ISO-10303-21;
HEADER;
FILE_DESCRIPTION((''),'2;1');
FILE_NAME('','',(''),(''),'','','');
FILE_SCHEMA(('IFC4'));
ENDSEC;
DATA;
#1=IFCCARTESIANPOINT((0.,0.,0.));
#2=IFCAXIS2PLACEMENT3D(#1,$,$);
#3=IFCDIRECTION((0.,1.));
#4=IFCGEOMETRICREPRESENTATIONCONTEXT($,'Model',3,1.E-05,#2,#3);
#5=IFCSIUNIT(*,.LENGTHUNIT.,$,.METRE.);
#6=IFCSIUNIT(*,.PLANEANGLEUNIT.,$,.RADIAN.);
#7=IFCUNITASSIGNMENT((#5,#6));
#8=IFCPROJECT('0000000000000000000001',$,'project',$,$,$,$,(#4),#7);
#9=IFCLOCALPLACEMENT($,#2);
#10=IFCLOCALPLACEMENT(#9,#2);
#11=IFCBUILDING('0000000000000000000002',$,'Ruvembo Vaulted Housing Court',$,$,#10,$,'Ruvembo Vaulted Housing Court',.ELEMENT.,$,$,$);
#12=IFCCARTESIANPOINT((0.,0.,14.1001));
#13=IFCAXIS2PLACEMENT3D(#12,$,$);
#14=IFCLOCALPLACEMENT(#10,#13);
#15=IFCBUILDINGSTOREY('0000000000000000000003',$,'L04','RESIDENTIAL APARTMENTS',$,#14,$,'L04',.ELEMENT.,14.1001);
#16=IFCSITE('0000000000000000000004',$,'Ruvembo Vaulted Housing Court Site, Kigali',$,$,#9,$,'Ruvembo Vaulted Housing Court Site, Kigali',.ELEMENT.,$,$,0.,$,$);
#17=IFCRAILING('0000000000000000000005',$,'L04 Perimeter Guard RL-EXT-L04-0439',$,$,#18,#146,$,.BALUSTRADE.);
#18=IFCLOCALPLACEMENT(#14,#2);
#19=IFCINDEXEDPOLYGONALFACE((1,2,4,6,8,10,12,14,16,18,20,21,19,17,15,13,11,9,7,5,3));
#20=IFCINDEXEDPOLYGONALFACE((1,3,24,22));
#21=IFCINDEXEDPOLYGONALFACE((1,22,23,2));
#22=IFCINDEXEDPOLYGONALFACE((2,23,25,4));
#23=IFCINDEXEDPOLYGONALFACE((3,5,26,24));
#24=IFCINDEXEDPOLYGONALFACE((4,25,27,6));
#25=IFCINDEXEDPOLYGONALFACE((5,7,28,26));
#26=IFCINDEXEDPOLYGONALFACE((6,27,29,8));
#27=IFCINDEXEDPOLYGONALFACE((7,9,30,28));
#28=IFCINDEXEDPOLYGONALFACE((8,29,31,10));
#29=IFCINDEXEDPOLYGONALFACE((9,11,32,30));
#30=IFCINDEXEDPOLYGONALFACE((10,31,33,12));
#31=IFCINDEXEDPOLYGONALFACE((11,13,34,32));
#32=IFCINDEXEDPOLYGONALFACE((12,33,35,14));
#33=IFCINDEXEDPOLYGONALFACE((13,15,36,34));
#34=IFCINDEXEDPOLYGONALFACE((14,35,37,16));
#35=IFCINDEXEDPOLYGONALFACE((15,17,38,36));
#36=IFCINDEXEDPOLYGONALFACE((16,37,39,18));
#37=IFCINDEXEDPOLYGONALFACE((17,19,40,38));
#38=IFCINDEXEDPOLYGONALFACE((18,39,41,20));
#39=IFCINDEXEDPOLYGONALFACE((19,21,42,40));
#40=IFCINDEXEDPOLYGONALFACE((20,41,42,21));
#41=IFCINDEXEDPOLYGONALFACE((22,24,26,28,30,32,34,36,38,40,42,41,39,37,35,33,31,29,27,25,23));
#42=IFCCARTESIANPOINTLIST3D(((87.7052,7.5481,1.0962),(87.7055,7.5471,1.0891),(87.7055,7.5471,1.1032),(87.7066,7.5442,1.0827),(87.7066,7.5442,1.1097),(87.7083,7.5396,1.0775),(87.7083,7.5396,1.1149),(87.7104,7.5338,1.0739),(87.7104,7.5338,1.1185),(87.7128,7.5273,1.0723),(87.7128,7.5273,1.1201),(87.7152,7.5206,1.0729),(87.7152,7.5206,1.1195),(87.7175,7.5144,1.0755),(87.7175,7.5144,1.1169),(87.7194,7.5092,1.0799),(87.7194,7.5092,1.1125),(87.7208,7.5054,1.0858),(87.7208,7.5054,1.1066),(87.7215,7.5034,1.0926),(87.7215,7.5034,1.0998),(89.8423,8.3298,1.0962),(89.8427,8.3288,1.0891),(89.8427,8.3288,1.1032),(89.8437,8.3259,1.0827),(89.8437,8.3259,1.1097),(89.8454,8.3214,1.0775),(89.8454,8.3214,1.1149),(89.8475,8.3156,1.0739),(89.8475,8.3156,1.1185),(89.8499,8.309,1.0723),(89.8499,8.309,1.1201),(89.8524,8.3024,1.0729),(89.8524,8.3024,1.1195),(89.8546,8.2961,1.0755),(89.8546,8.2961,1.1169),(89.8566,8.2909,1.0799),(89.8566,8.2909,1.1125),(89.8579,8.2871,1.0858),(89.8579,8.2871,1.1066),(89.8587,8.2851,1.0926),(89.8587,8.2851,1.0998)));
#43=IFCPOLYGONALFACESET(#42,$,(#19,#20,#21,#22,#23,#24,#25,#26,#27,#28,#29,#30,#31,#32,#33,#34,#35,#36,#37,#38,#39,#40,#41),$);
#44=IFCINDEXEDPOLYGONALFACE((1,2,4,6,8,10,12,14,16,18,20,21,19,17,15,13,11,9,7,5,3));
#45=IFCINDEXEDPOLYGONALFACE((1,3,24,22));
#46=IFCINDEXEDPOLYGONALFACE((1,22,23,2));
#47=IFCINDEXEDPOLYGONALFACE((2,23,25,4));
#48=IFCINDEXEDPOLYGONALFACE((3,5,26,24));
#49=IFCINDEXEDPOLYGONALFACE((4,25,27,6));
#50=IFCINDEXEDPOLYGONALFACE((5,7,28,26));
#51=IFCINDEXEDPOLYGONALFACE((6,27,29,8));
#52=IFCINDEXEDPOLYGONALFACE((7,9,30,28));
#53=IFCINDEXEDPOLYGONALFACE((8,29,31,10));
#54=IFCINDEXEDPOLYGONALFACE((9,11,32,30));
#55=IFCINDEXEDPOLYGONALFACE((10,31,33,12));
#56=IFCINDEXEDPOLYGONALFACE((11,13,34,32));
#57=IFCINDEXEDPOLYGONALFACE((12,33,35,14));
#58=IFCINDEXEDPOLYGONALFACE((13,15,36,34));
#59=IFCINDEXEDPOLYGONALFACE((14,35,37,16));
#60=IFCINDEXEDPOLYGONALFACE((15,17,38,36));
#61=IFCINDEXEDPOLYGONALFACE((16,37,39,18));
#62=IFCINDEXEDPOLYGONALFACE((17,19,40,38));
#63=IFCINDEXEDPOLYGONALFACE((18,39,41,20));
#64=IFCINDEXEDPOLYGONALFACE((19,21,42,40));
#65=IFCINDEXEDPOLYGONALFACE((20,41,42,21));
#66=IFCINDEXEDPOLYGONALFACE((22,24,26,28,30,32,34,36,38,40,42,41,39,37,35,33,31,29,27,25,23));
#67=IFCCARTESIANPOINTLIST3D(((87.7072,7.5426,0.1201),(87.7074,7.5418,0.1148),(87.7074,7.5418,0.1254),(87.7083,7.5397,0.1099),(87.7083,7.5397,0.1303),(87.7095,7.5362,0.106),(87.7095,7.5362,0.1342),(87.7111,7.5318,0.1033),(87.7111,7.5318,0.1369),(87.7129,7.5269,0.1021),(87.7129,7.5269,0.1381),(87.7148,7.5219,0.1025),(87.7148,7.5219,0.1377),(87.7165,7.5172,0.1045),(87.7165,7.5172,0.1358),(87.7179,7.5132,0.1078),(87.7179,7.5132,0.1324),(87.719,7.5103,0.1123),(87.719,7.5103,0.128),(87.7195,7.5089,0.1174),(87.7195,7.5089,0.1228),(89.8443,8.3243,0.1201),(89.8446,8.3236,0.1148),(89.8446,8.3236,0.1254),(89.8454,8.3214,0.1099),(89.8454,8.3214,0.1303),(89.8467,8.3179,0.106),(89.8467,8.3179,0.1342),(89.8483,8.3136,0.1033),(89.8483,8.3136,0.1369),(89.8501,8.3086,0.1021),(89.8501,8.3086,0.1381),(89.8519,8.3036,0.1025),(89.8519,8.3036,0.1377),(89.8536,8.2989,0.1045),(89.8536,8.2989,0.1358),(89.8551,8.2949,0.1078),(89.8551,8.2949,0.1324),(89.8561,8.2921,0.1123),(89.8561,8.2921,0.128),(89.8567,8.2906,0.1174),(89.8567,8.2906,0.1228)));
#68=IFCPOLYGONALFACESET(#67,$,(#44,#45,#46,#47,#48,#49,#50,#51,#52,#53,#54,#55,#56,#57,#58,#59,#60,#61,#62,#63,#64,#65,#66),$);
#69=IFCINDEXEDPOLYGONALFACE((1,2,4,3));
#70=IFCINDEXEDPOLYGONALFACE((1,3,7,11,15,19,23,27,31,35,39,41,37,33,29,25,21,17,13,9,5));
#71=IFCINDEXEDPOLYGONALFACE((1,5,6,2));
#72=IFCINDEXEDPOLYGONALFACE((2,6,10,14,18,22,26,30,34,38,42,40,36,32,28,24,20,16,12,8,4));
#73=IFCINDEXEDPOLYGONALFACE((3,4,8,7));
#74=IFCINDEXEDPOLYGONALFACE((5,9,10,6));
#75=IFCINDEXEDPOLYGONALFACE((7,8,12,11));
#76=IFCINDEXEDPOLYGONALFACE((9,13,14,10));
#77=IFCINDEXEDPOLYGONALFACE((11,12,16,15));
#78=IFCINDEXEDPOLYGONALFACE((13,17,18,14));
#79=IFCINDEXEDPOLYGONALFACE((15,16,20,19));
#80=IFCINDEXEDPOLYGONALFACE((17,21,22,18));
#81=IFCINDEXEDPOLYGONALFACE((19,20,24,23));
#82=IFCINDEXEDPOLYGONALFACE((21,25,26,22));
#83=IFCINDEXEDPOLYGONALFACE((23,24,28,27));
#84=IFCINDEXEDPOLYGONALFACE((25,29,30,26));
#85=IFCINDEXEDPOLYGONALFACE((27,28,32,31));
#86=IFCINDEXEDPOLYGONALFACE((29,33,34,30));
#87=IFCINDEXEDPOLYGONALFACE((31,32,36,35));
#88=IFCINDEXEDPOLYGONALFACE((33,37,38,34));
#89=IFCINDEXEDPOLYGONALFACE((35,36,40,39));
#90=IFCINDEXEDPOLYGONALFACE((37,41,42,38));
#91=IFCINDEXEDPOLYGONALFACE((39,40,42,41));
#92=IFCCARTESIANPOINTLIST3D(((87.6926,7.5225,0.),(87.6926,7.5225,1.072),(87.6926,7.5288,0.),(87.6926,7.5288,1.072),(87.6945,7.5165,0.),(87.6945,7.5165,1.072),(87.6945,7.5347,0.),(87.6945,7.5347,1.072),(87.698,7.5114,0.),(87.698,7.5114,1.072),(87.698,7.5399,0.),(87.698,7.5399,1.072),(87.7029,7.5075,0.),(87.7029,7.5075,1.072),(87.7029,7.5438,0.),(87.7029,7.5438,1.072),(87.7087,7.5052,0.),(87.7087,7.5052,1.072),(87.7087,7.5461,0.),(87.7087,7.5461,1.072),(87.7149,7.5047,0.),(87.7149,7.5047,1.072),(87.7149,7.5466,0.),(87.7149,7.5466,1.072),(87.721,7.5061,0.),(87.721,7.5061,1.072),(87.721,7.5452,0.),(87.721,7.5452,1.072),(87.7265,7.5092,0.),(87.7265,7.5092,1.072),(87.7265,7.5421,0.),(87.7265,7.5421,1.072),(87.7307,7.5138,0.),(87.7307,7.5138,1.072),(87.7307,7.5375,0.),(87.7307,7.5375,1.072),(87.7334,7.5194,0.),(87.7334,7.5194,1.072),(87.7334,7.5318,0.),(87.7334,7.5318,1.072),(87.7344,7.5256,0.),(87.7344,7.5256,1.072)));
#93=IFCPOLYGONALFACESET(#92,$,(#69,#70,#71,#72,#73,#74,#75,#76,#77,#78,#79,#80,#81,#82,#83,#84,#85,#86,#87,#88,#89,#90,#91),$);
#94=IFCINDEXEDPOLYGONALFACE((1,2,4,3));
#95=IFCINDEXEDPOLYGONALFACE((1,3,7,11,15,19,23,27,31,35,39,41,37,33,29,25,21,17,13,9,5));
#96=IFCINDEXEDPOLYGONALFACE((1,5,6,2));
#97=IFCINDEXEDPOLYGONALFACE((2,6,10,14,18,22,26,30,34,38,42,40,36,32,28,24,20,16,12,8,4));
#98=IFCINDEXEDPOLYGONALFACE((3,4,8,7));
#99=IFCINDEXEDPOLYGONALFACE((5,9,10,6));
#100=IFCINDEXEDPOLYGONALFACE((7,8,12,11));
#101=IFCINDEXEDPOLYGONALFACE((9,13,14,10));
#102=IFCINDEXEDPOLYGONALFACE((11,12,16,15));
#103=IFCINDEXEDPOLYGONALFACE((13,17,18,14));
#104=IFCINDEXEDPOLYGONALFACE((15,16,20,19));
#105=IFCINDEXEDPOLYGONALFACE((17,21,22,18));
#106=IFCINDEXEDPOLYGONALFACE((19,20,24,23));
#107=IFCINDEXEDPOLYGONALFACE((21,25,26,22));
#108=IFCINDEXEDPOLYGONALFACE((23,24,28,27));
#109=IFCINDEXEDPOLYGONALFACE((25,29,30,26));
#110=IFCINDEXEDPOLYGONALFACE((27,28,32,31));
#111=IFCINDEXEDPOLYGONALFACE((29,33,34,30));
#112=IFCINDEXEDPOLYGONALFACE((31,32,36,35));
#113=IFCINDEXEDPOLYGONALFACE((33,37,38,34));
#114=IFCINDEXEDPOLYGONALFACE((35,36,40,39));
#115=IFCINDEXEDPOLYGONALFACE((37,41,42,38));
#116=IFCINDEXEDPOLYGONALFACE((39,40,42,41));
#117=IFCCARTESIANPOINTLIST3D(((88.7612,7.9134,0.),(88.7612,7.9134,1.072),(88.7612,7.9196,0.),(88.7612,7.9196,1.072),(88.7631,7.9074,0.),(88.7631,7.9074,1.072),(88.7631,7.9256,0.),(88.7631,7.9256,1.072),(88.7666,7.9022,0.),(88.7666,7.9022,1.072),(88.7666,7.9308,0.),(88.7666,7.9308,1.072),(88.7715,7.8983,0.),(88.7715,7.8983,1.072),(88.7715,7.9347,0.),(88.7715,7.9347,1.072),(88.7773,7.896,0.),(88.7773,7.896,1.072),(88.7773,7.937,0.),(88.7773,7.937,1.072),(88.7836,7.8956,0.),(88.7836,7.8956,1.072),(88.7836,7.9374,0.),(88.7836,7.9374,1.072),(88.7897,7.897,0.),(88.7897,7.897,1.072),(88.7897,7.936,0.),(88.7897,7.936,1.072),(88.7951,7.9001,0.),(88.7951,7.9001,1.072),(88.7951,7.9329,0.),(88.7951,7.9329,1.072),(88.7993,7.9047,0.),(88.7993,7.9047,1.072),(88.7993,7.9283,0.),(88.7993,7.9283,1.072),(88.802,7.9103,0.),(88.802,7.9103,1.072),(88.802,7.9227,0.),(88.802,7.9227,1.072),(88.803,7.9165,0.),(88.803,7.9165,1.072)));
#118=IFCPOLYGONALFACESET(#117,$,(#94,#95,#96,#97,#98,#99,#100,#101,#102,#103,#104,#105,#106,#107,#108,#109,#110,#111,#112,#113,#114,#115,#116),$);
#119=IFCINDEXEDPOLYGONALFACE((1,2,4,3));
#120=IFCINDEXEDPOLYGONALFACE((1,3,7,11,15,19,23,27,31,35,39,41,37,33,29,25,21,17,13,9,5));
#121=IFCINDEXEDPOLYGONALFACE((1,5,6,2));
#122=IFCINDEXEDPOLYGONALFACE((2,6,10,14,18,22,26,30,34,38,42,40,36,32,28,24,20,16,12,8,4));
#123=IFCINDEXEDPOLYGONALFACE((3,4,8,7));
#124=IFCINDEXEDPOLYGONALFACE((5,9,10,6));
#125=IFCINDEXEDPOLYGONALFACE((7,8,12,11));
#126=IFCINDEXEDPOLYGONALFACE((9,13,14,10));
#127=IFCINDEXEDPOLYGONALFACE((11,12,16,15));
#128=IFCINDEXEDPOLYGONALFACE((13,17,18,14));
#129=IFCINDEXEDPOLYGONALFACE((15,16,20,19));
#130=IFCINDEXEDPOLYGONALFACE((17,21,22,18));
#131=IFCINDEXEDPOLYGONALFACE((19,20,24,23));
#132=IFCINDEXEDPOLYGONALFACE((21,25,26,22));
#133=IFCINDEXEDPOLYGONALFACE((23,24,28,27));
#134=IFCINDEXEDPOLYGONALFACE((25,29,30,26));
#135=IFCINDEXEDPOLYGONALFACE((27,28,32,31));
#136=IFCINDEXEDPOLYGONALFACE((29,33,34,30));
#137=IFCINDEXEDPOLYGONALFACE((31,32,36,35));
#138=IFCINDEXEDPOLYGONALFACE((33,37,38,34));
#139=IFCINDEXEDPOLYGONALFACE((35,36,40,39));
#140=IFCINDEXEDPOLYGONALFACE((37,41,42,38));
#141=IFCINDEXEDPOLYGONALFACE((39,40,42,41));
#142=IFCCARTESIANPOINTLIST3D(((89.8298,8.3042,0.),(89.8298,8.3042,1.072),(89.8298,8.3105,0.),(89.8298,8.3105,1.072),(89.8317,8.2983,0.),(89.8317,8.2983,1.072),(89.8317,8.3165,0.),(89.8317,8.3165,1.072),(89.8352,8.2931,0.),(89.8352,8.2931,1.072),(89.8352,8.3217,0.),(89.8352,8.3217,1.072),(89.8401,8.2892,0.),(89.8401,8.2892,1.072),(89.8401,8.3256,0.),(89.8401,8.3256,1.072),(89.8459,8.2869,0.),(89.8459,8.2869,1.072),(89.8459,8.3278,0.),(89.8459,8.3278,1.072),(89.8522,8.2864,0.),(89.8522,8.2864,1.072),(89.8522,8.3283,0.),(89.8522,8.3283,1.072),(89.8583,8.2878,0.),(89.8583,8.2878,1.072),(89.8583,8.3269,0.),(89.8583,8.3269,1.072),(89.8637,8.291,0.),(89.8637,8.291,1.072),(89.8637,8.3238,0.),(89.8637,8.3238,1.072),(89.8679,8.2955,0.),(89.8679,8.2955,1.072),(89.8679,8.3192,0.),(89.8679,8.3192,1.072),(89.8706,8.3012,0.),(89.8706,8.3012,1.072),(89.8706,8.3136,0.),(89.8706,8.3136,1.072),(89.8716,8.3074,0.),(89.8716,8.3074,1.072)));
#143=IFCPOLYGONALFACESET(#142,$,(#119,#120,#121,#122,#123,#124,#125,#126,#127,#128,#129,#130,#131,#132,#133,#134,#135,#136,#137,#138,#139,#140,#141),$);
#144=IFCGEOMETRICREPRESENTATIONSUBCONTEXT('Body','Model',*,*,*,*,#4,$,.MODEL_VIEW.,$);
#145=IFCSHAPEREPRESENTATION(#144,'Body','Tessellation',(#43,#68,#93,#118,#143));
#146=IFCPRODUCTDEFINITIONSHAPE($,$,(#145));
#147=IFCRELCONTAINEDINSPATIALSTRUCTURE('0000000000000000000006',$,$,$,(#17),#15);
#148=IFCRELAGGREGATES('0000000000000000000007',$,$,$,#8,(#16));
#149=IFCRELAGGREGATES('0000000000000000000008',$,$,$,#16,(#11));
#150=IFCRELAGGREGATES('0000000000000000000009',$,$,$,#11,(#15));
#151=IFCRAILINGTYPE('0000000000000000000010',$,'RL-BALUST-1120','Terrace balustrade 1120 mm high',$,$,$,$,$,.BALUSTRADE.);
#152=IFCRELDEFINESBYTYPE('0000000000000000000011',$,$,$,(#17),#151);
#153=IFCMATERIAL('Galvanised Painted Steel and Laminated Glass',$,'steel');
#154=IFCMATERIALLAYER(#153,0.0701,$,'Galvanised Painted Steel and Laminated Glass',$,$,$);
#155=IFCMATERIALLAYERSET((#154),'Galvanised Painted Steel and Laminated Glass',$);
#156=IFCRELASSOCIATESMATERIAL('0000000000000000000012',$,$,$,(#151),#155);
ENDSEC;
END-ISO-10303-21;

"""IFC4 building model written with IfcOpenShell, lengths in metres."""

from ifc_helpers import new_model, si_unit, direction, frame, origin, origin_2d, place, context, subcontext, project, spatial, circle, extrude, material, layer, layer_set, type_object, element, save


model = new_model("IFC4")

# Units and contexts
model_context = context("Model", 3, precision=1e-05, world=origin(), true_north=direction((0.0, 1.0)))
body_context = subcontext(model_context, "Body", "Model", "MODEL_VIEW")
ifc_project = project(units=[si_unit("LENGTHUNIT", "METRE"), si_unit("PLANEANGLEUNIT", "RADIAN")], contexts=[model_context])

# Site, building, storey
site_placement = place(None, origin())
site = spatial("IfcSite", under=ifc_project, at=site_placement, Name="Ruvembo Vaulted Housing Court Site, Kigali", LongName="Ruvembo Vaulted Housing Court Site, Kigali", CompositionType="ELEMENT", RefElevation=0.0)
building_placement = place(site_placement, origin())
building = spatial("IfcBuilding", under=site, at=building_placement, Name="Ruvembo Vaulted Housing Court", LongName="Ruvembo Vaulted Housing Court", CompositionType="ELEMENT")
storey_placement = place(building_placement, frame((0.0, 0.0, 14.1001)))
storey = spatial("IfcBuildingStorey", under=building, at=storey_placement, Name="L04", Description="RESIDENTIAL APARTMENTS", LongName="L04", CompositionType="ELEMENT", Elevation=14.1001)

# Railing
ifc_material_1 = material(Name="Galvanised Painted Steel and Laminated Glass", Category="steel")
ifc_layer_1 = layer(ifc_material_1, 0.0701, Name="Galvanised Painted Steel and Laminated Glass")
ifc_layer_set_1 = layer_set([ifc_layer_1], Name="Galvanised Painted Steel and Laminated Glass")
railing_type = type_object("IfcRailingType", Name="RL-BALUST-1120", Description="Terrace balustrade 1120 mm high", PredefinedType="BALUSTRADE", material=ifc_layer_set_1)
railing_1_placement = place(storey_placement, frame((87.7134, 7.5256, 0.0)))
element("IfcRailing", 1, at=railing_1_placement, inside=storey, type_object=railing_type, Name="L04 Perimeter Guard RL-EXT-L04-0439", PredefinedType="BALUSTRADE", context=body_context, shape_type="SweptSolid", body=[
    extrude(circle(Radius=0.0239, at=origin_2d()), frame((0.0, 0.0, 1.0962), z_axis=(0.939146, 0.343517, 0.0), x_axis=(-0.343517, 0.939146, 0.0)), (0.0, 0.0, 1.0), 2.2756),
    extrude(circle(Radius=0.0181, at=origin_2d()), frame((0.0, 0.0, 0.1201), z_axis=(0.939146, 0.343517, 0.0), x_axis=(-0.343517, 0.939146, 0.0)), (0.0, 0.0, 1.0), 2.2756),
    extrude(circle(Radius=0.021, at=origin_2d()), origin(), (0.0, 0.0, 1.0), 1.072),
    extrude(circle(Radius=0.021, at=origin_2d()), frame((1.0686, 0.3909, 0.0)), (0.0, 0.0, 1.0), 1.072),
    extrude(circle(Radius=0.021, at=origin_2d()), frame((2.1372, 0.7817, 0.0)), (0.0, 0.0, 1.0), 1.072),
])

save(model, "model.ifc")
